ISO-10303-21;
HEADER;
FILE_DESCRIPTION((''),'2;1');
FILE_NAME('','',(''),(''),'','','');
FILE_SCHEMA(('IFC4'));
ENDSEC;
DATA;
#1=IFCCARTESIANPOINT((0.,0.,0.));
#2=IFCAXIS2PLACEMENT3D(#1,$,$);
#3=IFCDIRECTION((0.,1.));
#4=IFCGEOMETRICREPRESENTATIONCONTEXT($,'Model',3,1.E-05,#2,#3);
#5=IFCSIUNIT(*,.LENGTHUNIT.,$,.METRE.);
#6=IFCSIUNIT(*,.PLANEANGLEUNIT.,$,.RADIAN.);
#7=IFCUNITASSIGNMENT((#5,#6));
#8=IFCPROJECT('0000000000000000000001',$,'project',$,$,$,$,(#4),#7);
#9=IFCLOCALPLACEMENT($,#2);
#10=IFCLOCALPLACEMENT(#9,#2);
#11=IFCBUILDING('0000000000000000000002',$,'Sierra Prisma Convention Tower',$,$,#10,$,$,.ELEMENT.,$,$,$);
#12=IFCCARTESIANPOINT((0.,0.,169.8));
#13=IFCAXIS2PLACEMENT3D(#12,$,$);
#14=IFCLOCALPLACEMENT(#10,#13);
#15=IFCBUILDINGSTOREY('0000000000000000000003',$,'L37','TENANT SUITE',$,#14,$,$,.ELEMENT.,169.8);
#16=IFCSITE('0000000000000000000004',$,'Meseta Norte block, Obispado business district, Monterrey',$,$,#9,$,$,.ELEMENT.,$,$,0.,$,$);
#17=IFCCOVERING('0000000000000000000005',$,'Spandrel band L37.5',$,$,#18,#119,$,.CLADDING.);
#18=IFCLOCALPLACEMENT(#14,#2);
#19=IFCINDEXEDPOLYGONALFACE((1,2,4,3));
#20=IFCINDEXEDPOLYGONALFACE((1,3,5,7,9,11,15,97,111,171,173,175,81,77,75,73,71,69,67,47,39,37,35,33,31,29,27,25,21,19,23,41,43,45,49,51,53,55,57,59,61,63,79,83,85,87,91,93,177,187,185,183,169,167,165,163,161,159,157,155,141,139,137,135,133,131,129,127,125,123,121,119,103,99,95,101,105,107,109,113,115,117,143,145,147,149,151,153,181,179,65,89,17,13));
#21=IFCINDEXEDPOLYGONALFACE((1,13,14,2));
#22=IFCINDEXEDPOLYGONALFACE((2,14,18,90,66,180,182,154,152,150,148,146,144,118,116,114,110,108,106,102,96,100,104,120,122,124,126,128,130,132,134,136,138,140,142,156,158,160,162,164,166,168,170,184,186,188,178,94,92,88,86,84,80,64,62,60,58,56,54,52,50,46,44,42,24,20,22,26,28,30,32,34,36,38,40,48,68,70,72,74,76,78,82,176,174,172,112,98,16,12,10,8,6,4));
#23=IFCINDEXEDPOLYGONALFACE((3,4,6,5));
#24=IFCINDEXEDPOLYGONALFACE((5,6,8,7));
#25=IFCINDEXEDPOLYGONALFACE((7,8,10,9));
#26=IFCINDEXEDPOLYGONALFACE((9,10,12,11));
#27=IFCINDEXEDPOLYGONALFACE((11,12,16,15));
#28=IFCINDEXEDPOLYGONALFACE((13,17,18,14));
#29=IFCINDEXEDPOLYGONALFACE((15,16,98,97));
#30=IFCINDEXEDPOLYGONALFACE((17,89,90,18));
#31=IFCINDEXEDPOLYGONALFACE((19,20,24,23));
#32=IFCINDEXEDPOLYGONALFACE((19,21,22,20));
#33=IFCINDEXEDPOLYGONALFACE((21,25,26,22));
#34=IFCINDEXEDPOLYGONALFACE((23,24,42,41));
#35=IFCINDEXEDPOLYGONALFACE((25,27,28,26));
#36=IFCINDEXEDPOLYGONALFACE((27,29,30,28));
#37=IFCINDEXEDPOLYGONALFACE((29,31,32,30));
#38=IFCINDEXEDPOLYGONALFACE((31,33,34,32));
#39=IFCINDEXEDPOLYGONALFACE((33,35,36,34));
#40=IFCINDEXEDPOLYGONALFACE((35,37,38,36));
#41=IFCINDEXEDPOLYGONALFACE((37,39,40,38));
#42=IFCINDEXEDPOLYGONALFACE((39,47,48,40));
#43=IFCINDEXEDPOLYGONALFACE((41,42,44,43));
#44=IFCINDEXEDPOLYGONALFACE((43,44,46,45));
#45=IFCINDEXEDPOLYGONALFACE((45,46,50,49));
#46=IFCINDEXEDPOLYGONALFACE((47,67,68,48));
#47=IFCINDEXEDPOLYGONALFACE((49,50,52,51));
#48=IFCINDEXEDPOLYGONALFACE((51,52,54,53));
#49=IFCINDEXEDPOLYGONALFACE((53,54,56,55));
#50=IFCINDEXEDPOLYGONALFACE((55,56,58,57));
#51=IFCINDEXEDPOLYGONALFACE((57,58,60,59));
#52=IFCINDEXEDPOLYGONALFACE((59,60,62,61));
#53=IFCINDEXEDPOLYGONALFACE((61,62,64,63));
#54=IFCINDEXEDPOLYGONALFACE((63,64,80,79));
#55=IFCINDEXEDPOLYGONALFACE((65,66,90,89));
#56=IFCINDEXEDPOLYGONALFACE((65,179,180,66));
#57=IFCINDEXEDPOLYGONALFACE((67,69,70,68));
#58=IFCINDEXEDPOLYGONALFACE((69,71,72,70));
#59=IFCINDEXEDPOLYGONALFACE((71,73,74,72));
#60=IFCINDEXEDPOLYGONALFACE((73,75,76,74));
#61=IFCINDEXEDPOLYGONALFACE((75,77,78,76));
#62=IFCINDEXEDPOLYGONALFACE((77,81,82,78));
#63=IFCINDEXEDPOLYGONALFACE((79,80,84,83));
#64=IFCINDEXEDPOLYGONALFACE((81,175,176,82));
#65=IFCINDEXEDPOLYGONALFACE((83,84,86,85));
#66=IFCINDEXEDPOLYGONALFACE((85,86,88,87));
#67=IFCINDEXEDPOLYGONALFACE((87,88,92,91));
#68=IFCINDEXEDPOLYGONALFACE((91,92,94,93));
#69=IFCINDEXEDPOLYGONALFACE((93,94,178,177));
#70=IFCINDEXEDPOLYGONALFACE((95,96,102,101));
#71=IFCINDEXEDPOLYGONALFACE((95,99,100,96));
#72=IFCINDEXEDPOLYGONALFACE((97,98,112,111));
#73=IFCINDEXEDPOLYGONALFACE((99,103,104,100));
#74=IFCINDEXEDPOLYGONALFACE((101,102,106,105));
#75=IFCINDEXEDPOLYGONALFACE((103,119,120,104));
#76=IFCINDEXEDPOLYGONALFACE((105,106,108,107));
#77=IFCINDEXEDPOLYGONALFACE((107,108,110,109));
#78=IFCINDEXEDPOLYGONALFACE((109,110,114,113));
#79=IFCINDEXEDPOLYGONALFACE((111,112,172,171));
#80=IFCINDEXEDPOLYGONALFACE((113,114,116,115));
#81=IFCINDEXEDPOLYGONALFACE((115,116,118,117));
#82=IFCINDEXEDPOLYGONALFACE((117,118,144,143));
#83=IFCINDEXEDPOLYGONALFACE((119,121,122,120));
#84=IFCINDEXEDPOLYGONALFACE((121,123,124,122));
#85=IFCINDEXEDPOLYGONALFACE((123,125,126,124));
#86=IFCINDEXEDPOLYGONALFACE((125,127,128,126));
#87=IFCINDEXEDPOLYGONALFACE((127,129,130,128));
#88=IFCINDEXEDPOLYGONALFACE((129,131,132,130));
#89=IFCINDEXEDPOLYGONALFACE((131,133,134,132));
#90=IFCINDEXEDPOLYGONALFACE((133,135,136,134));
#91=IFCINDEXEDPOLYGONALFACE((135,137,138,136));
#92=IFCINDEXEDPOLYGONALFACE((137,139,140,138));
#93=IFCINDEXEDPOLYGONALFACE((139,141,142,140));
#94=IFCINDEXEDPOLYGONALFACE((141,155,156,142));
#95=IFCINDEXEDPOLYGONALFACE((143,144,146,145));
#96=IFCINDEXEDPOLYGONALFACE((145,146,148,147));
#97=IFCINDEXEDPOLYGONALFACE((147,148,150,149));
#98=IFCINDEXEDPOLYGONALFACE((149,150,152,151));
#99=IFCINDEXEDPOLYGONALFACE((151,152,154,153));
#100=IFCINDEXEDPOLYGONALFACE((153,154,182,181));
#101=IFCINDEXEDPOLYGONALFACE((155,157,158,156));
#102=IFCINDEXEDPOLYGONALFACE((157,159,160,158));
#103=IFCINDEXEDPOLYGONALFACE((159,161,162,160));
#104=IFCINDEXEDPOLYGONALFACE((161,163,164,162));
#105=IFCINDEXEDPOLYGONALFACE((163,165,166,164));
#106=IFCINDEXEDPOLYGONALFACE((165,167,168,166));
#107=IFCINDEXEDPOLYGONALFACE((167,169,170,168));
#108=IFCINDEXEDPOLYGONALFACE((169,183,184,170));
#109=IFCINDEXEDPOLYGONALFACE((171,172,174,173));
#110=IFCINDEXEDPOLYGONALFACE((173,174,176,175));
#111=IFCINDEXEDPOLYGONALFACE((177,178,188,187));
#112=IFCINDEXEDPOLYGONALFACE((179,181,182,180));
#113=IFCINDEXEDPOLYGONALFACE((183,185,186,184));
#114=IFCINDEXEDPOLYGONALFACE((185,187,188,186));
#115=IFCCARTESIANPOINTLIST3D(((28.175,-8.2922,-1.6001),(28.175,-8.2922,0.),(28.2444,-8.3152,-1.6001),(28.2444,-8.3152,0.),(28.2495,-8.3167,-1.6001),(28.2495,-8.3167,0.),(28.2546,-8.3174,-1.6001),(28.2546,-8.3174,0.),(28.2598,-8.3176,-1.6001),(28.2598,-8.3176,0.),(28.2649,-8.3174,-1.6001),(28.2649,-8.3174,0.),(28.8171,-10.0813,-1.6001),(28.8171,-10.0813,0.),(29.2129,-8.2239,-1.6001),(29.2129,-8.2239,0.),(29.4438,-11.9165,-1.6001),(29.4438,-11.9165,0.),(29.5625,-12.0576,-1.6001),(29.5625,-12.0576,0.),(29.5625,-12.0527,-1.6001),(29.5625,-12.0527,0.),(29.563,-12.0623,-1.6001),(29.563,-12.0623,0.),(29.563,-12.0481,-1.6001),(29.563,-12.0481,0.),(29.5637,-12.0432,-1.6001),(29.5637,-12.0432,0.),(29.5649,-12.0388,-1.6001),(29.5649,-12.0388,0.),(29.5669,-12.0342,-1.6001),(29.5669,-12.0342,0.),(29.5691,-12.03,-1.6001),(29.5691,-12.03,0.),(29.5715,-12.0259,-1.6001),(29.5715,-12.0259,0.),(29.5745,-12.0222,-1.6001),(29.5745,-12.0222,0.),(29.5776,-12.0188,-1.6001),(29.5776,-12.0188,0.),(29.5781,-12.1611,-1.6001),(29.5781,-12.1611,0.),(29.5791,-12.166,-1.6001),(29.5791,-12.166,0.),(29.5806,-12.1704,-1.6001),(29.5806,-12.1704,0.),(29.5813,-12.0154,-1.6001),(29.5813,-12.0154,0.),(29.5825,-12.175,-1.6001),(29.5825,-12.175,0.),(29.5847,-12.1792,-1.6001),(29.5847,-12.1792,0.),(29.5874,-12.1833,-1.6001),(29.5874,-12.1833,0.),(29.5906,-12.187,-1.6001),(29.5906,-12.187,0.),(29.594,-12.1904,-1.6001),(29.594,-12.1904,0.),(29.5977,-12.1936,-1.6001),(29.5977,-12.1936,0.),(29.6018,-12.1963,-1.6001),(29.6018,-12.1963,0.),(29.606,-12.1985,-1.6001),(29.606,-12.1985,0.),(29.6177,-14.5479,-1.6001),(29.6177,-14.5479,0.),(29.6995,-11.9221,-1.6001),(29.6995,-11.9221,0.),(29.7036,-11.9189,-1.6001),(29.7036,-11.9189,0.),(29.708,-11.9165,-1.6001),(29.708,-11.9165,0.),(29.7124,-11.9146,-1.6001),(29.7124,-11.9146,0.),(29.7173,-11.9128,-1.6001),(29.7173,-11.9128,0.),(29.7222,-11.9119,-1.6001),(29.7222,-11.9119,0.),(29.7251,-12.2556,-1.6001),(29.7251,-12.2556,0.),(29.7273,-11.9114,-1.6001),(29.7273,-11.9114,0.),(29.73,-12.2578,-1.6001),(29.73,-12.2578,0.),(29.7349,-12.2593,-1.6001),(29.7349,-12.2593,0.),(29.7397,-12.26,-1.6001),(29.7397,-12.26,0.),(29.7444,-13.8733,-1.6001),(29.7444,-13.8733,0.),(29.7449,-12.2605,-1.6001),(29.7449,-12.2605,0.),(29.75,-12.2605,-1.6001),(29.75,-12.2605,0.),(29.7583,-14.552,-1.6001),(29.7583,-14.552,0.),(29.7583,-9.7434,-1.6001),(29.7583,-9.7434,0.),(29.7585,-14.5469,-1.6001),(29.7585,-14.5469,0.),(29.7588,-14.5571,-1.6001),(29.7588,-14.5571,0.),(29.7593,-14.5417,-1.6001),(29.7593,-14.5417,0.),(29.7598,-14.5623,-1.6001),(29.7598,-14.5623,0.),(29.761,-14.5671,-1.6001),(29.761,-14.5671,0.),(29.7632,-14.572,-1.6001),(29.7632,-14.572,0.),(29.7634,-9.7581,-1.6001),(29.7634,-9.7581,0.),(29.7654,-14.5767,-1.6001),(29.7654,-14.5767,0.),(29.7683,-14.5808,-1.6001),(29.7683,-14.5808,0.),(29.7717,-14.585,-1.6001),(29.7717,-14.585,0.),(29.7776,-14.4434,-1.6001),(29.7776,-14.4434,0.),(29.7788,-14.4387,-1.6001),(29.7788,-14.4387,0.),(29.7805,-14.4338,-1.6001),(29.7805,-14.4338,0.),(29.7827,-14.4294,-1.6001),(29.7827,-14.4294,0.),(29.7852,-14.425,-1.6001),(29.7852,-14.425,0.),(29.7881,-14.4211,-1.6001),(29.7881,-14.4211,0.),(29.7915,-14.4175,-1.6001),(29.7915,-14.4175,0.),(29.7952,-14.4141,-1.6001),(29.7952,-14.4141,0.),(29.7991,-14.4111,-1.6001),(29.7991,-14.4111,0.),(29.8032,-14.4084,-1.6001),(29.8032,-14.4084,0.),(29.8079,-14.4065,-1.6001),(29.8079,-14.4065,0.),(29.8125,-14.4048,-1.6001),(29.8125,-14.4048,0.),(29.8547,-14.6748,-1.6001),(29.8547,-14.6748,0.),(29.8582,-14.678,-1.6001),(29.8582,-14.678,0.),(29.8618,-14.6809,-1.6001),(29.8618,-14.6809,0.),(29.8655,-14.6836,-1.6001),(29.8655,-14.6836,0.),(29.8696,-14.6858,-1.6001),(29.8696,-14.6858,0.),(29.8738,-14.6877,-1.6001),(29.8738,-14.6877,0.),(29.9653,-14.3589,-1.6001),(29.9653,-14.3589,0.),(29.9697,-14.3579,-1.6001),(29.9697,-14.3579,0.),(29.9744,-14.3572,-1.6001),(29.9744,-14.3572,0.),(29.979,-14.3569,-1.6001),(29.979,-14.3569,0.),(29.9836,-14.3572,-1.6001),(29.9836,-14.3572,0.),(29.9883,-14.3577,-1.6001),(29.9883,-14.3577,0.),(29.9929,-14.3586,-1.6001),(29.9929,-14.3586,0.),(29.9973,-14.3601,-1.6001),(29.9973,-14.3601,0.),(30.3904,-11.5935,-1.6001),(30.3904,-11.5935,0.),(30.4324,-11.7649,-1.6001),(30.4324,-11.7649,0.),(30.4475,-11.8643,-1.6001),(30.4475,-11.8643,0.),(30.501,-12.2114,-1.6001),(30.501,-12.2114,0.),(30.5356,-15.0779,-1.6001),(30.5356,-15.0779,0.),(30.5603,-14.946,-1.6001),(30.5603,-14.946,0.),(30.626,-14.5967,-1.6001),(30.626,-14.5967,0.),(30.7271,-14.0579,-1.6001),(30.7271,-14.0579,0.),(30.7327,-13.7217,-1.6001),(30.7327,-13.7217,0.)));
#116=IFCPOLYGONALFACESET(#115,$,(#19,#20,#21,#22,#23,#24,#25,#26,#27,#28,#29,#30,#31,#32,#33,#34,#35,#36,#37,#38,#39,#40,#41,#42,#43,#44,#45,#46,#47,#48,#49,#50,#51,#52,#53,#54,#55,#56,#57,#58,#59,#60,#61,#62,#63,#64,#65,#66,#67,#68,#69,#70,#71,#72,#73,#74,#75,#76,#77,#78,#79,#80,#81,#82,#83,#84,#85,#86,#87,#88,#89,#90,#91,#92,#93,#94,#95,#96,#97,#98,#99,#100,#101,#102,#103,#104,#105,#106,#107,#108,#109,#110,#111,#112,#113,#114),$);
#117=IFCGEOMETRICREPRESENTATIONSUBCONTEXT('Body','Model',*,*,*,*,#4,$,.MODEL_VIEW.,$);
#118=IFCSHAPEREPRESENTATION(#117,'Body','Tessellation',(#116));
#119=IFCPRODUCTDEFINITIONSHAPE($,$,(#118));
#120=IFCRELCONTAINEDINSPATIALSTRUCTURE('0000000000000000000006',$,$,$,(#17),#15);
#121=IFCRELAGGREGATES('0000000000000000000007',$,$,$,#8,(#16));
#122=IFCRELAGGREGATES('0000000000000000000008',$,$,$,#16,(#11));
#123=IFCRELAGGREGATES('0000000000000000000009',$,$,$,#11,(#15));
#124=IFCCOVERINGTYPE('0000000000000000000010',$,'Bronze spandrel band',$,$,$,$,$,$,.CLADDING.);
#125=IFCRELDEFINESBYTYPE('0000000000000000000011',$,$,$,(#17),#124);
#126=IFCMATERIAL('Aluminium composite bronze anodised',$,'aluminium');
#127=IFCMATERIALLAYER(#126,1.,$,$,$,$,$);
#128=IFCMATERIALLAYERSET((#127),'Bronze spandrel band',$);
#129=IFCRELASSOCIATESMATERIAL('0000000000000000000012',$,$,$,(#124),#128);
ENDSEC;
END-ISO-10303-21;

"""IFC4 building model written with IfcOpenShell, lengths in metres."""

from ifc_helpers import new_model, si_unit, direction, frame, origin, place, context, subcontext, project, spatial, polyline, outline, extrude, material, layer, layer_set, type_object, element, save


model = new_model("IFC4")

# Units and contexts
model_context = context("Model", 3, precision=1e-05, world=origin(), true_north=direction((0.0, 1.0)))
body_context = subcontext(model_context, "Body", "Model", "MODEL_VIEW")
ifc_project = project(units=[si_unit("LENGTHUNIT", "METRE"), si_unit("PLANEANGLEUNIT", "RADIAN")], contexts=[model_context])

# Site, building, storey
site_placement = place(None, origin())
site = spatial("IfcSite", under=ifc_project, at=site_placement, Name="Meseta Norte block, Obispado business district, Monterrey", CompositionType="ELEMENT", RefElevation=0.0)
building_placement = place(site_placement, origin())
building = spatial("IfcBuilding", under=site, at=building_placement, Name="Sierra Prisma Convention Tower", CompositionType="ELEMENT")
storey_placement = place(building_placement, frame((0.0, 0.0, 169.8)))
storey = spatial("IfcBuildingStorey", under=building, at=storey_placement, Name="L37", Description="TENANT SUITE", CompositionType="ELEMENT", Elevation=169.8)

# Covering
ifc_material_1 = material(Name="Aluminium composite bronze anodised", Category="aluminium")
ifc_layer_1 = layer(ifc_material_1, 1.0)
ifc_layer_set_1 = layer_set([ifc_layer_1], Name="Bronze spandrel band")
covering_type = type_object("IfcCoveringType", Name="Bronze spandrel band", PredefinedType="CLADDING", material=ifc_layer_set_1)
covering_1_placement = place(storey_placement, frame((0.0, 0.0, -1.6001)))
element("IfcCovering", 1, at=covering_1_placement, inside=storey, type_object=covering_type, Name="Spandrel band L37.5", PredefinedType="CLADDING", context=body_context, shape_type="SweptSolid", body=[
    extrude(outline(polyline([(29.7124, -11.9146), (29.708, -11.9165), (29.7036, -11.9189), (29.6995, -11.9221), (29.5813, -12.0154), (29.5776, -12.0188), (29.5745, -12.0222), (29.5715, -12.0259), (29.5691, -12.03), (29.5669, -12.0342), (29.5649, -12.0388), (29.5637, -12.0432), (29.563, -12.0481), (29.5625, -12.0527), (29.5625, -12.0576), (29.563, -12.0623), (29.5781, -12.1611), (29.5791, -12.166), (29.5806, -12.1704), (29.5825, -12.175), (29.5847, -12.1792), (29.5874, -12.1833), (29.5906, -12.187), (29.594, -12.1904), (29.5977, -12.1936), (29.6018, -12.1963), (29.606, -12.1985), (29.7251, -12.2556), (29.73, -12.2578), (29.7349, -12.2593), (29.7397, -12.26), (29.7449, -12.2605), (29.75, -12.2605), (30.501, -12.2114), (30.7327, -13.7217), (30.7271, -14.0579), (30.626, -14.5967), (29.9973, -14.3601), (29.9929, -14.3586), (29.9883, -14.3577), (29.9836, -14.3572), (29.979, -14.3569), (29.9744, -14.3572), (29.9697, -14.3579), (29.9653, -14.3589), (29.8125, -14.4048), (29.8079, -14.4065), (29.8032, -14.4084), (29.7991, -14.4111), (29.7952, -14.4141), (29.7915, -14.4175), (29.7881, -14.4211), (29.7852, -14.425), (29.7827, -14.4294), (29.7805, -14.4338), (29.7788, -14.4387), (29.7776, -14.4434), (29.7593, -14.5417), (29.7585, -14.5469), (29.7583, -14.552), (29.7588, -14.5571), (29.7598, -14.5623), (29.761, -14.5671), (29.7632, -14.572), (29.7654, -14.5767), (29.7683, -14.5808), (29.7717, -14.585), (29.8547, -14.6748), (29.8582, -14.678), (29.8618, -14.6809), (29.8655, -14.6836), (29.8696, -14.6858), (29.8738, -14.6877), (30.5603, -14.946), (30.5356, -15.0779), (29.6177, -14.5479), (29.7444, -13.8733), (29.4438, -11.9165), (28.8171, -10.0813), (28.175, -8.2922), (28.2444, -8.3152), (28.2495, -8.3167), (28.2546, -8.3174), (28.2598, -8.3176), (28.2649, -8.3174), (29.2129, -8.2239), (29.7583, -9.7434), (29.7634, -9.7581), (30.3904, -11.5935), (30.4324, -11.7649), (30.4475, -11.8643), (29.7273, -11.9114), (29.7222, -11.9119), (29.7173, -11.9128), (29.7124, -11.9146)])), origin(), (0.0, 0.0, 1.0), 1.6001),
])

save(model, "model.ifc")
